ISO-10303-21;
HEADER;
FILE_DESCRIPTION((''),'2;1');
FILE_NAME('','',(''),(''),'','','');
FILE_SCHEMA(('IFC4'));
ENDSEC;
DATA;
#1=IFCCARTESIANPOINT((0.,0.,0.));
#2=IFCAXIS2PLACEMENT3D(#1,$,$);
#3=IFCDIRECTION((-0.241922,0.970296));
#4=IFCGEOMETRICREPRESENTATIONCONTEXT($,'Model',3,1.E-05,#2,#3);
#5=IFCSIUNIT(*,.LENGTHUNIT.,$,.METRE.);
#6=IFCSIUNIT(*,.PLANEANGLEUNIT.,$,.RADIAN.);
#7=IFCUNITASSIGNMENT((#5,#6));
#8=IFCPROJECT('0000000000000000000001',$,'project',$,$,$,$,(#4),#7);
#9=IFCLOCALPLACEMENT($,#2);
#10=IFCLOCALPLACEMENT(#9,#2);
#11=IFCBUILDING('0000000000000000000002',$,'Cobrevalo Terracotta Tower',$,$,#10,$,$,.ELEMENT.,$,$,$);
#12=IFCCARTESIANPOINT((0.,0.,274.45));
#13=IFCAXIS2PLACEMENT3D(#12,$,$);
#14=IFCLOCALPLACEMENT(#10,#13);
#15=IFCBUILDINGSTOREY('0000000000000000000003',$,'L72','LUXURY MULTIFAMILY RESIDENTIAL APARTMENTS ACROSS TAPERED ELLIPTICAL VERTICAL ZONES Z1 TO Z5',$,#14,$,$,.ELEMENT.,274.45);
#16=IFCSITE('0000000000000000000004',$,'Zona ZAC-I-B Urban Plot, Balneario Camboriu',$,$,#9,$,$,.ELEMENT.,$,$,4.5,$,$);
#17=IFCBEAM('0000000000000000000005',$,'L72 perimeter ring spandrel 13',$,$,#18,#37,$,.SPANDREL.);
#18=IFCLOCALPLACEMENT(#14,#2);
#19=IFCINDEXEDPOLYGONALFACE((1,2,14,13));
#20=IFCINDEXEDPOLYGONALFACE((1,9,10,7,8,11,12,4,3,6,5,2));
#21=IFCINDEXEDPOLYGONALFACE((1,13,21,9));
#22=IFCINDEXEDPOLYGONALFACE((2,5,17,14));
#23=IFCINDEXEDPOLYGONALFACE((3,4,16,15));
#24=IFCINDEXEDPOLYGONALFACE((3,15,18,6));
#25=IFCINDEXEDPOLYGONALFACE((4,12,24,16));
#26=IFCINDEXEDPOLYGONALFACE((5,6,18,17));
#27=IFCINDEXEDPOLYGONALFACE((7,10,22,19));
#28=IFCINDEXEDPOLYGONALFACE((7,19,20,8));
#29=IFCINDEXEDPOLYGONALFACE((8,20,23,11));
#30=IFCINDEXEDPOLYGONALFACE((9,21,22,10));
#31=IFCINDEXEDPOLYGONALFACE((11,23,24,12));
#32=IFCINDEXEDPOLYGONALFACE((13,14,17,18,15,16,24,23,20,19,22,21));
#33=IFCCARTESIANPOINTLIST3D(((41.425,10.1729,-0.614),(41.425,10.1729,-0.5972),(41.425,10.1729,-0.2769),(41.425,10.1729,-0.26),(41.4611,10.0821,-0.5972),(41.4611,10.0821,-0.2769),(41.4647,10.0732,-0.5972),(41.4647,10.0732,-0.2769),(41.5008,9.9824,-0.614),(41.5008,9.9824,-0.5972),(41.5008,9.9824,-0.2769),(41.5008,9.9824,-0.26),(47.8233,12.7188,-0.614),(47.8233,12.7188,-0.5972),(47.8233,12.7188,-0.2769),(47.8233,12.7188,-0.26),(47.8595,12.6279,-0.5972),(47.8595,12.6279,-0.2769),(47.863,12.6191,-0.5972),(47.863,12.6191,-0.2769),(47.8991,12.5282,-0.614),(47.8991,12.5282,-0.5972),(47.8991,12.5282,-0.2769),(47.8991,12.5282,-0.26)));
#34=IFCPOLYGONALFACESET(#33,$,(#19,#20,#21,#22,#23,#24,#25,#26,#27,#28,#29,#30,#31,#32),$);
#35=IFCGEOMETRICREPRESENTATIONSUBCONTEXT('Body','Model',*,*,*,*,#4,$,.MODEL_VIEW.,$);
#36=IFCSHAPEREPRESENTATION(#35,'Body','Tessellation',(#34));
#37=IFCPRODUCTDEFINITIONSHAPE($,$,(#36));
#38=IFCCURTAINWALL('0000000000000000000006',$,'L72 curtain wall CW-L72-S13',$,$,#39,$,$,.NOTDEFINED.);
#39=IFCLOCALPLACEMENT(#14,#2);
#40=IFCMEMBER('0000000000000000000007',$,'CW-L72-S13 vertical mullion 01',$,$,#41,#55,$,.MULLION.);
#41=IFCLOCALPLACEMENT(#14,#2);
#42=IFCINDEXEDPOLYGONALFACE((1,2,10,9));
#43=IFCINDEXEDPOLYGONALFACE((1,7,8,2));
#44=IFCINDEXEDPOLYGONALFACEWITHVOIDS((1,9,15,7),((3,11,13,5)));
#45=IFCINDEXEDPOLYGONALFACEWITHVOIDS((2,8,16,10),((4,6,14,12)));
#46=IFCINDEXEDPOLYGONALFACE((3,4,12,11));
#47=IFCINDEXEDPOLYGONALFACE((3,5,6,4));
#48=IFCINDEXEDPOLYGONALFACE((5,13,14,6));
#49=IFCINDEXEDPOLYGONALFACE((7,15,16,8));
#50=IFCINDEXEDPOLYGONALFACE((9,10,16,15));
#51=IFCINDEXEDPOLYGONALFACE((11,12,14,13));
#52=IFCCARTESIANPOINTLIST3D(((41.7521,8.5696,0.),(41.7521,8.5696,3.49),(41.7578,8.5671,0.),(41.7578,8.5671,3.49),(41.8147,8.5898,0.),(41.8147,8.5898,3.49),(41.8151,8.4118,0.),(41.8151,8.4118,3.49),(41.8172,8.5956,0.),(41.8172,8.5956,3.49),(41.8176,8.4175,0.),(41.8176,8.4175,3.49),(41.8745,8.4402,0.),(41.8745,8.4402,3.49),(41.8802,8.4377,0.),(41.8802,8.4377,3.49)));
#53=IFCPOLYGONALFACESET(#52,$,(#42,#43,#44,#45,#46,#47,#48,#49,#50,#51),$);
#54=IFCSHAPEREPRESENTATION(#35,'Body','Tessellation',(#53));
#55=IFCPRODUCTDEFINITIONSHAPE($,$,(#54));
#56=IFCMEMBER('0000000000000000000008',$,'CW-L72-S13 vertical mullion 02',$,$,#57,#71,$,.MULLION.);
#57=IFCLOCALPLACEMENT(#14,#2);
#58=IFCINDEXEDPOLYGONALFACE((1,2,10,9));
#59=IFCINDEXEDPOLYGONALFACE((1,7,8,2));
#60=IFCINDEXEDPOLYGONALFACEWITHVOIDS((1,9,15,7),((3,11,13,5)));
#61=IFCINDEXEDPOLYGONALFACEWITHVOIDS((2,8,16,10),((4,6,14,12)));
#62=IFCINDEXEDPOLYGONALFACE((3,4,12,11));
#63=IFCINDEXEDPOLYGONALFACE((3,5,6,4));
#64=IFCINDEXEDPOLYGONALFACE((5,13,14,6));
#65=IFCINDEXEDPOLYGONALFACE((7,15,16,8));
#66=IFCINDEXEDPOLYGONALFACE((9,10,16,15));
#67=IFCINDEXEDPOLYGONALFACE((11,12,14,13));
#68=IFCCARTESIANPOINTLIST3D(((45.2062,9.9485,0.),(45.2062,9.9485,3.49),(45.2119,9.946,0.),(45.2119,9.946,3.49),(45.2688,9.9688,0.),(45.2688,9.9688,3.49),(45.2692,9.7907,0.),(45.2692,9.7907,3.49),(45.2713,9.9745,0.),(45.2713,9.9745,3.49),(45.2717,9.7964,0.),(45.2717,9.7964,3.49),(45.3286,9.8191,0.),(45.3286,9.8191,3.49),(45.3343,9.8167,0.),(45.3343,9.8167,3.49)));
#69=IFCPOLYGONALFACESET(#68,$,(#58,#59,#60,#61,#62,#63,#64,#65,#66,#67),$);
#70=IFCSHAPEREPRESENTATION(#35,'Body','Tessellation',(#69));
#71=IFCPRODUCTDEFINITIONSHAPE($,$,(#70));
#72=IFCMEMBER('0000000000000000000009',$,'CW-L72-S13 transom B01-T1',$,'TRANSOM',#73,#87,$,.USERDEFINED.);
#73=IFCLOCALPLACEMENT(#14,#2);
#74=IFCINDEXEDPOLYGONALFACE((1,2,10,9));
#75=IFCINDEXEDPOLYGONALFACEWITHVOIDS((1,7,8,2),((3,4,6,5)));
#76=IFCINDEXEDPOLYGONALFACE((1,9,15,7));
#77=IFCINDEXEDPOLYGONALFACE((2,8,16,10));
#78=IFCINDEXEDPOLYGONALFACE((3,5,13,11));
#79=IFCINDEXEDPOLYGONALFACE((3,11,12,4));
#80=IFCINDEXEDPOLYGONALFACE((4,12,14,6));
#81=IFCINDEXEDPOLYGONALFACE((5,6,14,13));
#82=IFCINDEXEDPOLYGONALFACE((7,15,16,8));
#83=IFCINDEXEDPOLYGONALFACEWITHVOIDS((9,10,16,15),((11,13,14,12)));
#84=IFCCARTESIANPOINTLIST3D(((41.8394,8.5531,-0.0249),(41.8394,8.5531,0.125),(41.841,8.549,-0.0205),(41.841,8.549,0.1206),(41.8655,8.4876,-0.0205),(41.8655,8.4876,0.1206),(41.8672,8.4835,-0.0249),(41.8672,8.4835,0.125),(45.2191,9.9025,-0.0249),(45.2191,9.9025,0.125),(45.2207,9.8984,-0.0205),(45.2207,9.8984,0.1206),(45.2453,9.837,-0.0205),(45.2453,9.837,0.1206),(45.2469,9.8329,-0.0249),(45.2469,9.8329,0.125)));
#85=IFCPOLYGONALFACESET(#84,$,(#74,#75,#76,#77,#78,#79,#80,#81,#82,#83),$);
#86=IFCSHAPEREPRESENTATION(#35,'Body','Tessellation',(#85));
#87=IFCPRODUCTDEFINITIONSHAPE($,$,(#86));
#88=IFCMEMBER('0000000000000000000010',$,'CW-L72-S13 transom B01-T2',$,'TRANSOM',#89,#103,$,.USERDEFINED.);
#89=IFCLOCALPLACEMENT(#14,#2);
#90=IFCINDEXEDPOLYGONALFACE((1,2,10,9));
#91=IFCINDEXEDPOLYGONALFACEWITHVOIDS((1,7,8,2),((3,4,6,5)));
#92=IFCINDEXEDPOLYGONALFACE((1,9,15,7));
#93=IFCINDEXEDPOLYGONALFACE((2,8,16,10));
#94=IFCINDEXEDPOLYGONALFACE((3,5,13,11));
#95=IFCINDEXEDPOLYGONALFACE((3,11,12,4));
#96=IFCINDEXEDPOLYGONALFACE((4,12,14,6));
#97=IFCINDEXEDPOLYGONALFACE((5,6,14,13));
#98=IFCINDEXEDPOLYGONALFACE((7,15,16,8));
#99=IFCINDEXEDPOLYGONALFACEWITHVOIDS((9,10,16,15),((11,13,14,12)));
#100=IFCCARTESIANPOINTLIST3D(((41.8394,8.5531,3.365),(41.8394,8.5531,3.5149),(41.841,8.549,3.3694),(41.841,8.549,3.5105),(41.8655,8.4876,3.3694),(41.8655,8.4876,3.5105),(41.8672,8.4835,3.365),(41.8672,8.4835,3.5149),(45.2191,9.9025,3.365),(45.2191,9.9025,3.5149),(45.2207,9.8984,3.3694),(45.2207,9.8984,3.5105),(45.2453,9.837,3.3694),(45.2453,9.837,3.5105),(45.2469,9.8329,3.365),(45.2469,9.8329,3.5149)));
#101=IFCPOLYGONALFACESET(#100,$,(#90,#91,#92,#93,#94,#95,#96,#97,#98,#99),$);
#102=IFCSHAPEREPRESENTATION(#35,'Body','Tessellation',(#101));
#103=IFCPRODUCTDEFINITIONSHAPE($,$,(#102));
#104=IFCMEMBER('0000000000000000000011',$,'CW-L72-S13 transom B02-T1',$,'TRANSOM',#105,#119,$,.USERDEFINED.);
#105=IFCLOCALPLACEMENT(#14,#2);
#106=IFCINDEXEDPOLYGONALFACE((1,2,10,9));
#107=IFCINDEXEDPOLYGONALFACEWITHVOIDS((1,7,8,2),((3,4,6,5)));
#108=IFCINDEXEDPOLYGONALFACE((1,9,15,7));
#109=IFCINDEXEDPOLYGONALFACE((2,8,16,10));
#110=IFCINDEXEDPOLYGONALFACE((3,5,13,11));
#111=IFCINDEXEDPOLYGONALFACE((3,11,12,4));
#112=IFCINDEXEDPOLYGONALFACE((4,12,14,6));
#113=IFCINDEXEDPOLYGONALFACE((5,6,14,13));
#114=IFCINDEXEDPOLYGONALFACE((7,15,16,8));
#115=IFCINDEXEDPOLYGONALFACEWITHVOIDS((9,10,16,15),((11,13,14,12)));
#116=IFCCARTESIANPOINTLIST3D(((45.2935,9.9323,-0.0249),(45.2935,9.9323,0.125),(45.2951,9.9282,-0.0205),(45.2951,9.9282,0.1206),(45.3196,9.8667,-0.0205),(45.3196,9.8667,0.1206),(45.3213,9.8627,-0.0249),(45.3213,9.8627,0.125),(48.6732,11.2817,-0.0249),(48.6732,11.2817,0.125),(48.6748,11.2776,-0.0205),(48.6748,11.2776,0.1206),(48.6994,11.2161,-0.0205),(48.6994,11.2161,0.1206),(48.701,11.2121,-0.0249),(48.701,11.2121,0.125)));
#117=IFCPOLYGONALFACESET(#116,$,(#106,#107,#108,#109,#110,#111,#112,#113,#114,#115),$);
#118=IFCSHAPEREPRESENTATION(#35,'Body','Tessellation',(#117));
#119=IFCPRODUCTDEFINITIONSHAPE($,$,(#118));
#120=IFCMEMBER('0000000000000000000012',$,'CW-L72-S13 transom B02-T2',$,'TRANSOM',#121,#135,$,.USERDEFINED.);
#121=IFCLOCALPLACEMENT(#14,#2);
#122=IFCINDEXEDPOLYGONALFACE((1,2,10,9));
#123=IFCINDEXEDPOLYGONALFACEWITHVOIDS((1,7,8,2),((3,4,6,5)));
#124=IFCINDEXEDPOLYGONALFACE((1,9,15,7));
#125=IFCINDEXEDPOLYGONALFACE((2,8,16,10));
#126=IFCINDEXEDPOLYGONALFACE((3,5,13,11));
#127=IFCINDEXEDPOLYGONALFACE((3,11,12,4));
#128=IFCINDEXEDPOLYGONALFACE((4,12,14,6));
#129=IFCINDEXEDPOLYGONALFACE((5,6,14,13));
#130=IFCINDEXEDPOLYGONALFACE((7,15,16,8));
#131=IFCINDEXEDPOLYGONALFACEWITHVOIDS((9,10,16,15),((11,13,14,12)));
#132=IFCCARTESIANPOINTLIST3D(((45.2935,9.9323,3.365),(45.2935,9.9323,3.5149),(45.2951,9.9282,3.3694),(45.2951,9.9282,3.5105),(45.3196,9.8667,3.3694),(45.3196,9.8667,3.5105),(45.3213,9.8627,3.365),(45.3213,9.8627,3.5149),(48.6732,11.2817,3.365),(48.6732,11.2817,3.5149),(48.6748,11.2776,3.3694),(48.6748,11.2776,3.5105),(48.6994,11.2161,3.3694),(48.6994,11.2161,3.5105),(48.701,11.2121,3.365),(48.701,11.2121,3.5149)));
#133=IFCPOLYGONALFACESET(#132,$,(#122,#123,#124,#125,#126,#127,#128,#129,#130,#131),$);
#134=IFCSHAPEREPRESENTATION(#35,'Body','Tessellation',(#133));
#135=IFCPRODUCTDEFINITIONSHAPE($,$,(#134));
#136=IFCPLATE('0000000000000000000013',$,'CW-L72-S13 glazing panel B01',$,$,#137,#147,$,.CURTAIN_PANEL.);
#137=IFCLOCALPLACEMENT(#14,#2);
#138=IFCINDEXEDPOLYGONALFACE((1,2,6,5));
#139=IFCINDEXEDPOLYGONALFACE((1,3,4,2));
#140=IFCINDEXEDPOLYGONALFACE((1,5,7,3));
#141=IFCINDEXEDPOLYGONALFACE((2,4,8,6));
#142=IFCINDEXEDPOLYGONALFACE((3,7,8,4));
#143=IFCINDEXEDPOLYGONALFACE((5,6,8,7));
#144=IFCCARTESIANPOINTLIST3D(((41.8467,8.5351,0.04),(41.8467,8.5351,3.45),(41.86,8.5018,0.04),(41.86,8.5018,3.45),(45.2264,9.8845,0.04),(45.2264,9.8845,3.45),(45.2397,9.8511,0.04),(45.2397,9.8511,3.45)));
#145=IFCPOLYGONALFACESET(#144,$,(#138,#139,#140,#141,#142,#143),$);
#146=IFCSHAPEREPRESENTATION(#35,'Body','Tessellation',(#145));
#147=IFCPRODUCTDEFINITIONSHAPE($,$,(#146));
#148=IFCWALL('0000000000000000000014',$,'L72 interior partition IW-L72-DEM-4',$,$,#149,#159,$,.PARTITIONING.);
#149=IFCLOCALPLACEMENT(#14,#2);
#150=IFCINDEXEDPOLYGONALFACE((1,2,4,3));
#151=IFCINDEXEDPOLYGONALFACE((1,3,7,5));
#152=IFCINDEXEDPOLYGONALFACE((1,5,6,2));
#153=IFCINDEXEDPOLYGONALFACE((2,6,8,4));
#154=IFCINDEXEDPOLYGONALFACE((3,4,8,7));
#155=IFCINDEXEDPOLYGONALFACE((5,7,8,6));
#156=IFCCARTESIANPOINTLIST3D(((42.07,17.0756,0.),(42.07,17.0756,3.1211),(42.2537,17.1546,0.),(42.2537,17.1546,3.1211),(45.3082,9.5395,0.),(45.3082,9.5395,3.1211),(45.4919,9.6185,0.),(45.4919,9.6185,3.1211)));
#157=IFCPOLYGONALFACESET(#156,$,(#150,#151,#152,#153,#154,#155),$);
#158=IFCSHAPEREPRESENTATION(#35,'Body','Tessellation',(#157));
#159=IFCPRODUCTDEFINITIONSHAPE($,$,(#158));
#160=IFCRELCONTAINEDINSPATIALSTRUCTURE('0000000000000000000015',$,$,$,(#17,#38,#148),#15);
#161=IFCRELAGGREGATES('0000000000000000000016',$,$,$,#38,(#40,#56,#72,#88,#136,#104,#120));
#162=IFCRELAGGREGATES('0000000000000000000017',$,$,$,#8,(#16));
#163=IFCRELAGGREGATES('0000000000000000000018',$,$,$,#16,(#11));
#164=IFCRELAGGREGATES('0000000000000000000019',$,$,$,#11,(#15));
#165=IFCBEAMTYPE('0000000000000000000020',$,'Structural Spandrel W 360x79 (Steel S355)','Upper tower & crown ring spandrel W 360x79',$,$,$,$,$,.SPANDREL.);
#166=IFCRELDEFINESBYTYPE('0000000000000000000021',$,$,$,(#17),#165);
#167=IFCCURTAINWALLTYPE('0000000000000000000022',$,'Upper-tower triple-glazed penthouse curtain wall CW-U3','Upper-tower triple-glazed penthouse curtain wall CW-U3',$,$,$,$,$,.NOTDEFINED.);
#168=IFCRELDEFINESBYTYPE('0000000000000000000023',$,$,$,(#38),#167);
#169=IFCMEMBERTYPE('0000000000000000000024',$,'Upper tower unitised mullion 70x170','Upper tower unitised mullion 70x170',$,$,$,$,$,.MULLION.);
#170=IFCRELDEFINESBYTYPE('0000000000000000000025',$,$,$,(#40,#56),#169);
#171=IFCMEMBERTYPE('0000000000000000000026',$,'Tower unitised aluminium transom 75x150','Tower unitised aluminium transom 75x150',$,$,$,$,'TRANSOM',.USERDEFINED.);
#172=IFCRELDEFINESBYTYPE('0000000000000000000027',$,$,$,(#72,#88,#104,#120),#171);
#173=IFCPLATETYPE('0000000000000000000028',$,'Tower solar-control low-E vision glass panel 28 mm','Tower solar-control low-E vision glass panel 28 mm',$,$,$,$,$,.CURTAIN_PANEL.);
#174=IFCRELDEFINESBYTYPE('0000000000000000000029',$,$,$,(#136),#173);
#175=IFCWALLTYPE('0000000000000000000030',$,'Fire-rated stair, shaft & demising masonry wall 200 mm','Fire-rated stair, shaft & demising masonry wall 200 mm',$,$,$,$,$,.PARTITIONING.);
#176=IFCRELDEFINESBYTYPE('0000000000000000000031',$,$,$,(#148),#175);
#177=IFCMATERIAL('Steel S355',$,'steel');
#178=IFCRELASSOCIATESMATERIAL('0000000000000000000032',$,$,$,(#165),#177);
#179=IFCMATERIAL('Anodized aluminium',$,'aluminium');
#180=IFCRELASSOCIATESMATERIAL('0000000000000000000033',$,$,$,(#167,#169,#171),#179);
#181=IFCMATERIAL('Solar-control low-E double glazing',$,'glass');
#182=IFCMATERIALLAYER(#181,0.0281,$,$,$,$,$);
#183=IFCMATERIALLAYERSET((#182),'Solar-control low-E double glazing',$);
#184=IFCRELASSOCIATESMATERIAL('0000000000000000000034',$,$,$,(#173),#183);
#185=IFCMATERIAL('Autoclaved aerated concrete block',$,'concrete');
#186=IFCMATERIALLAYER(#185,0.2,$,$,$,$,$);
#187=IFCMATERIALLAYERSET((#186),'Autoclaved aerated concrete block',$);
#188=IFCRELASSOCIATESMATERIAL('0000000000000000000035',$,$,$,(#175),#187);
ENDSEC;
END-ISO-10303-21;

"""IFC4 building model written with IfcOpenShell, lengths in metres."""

from ifc_helpers import new_model, si_unit, direction, frame, frame_2d, origin, origin_2d, place, context, subcontext, project, spatial, rectangle, hollow_rectangle, i_section, extrude, source, transform, mapped, material, layer, layer_set, material_profile, profile_set, type_object, element, aggregate, save


model = new_model("IFC4")

# Units and contexts
model_context = context("Model", 3, precision=1e-05, world=origin(), true_north=direction((-0.241922, 0.970296)))
body_context = subcontext(model_context, "Body", "Model", "MODEL_VIEW")
ifc_project = project(units=[si_unit("LENGTHUNIT", "METRE"), si_unit("PLANEANGLEUNIT", "RADIAN")], contexts=[model_context])

# Site, building, storey
site_placement = place(None, origin())
site = spatial("IfcSite", under=ifc_project, at=site_placement, Name="Zona ZAC-I-B Urban Plot, Balneario Camboriu", CompositionType="ELEMENT", RefElevation=4.5)
building_placement = place(site_placement, origin())
building = spatial("IfcBuilding", under=site, at=building_placement, Name="Cobrevalo Terracotta Tower", CompositionType="ELEMENT")
storey_placement = place(building_placement, frame((0.0, 0.0, 274.45)))
storey = spatial("IfcBuildingStorey", under=building, at=storey_placement, Name="L72", Description="LUXURY MULTIFAMILY RESIDENTIAL APARTMENTS ACROSS TAPERED ELLIPTICAL VERTICAL ZONES Z1 TO Z5", CompositionType="ELEMENT", Elevation=274.45)

# Shared definitions
ifc_material_1 = material(Name="Steel S355", Category="steel")

# Beam
ifc_material_profile_1 = material_profile(ifc_material_1, i_section(OverallWidth=0.2051, OverallDepth=0.354, WebThickness=0.0095, FlangeThickness=0.0168, at=origin_2d()), Name="W 360x79")
ifc_profile_set_1 = profile_set([ifc_material_profile_1], Name="Steel S355")
beam_type_1 = type_object("IfcBeamType", Name="Structural Spandrel W 360x79 (Steel S355)", Description="Upper tower & crown ring spandrel W 360x79", PredefinedType="SPANDREL", material=ifc_profile_set_1)
beam_1_placement = place(storey_placement, frame((41.4629, 10.0776, -0.437), z_axis=(0.92915, 0.369703, 0.0), x_axis=(-0.369703, 0.92915, 0.0)))
element("IfcBeam", 1, at=beam_1_placement, inside=storey, type_object=beam_type_1, Name="L72 perimeter ring spandrel 13", PredefinedType="SPANDREL", context=body_context, shape_type="SweptSolid", body=[
    extrude(i_section(OverallWidth=0.2051, OverallDepth=0.354, WebThickness=0.0095, FlangeThickness=0.0168, at=origin_2d()), origin(), (0.0, 0.0, 1.0), 6.8862),
])

# Curtain wall, members, plate
ifc_material_2 = material(Name="Anodized aluminium", Category="aluminium")
curtain_wall_type = type_object("IfcCurtainWallType", Name="Upper-tower triple-glazed penthouse curtain wall CW-U3", Description="Upper-tower triple-glazed penthouse curtain wall CW-U3", PredefinedType="NOTDEFINED", material=ifc_material_2)
curtain_wall_placement = place(storey_placement, origin())
curtain_wall = element("IfcCurtainWall", 2, at=curtain_wall_placement, inside=storey, type_object=curtain_wall_type, Name="L72 curtain wall CW-L72-S13", PredefinedType="NOTDEFINED")
ifc_material_profile_2 = material_profile(ifc_material_2, hollow_rectangle(XDim=0.0701, YDim=0.1699, WallThickness=0.0044, at=origin_2d()), Name="CWM 70x170")
ifc_profile_set_2 = profile_set([ifc_material_profile_2], Name="Anodized aluminium")
member_type_1 = type_object("IfcMemberType", Name="Upper tower unitised mullion 70x170", Description="Upper tower unitised mullion 70x170", PredefinedType="MULLION", material=ifc_profile_set_2)
shared_shape_1 = source(origin(), body_context, "Body", "SweptSolid", [
    extrude(hollow_rectangle(XDim=0.0701, YDim=0.1699, WallThickness=0.0044, at=origin_2d()), origin(), (0.0, 0.0, 1.0), 3.49),
])
member_1_placement = place(storey_placement, frame((41.8162, 8.5037, 0.0), z_axis=(0.0, 0.0, 1.0), x_axis=(0.928719, 0.370784, 0.0)))
member_1 = element("IfcMember", 3, at=member_1_placement, type_object=member_type_1, Name="CW-L72-S13 vertical mullion 01", PredefinedType="MULLION", context=body_context, shape_type="MappedRepresentation", body=[
    mapped(shared_shape_1, transform((0.0, 0.0, 0.0), scale=1.0)),
])
member_2_placement = place(storey_placement, frame((45.2703, 9.8826, 0.0), z_axis=(0.0, 0.0, 1.0), x_axis=(0.928719, 0.370784, 0.0)))
member_2 = element("IfcMember", 4, at=member_2_placement, type_object=member_type_1, Name="CW-L72-S13 vertical mullion 02", PredefinedType="MULLION", context=body_context, shape_type="MappedRepresentation", body=[
    mapped(shared_shape_1, transform((0.0, 0.0, 0.0), scale=1.0)),
])
ifc_material_profile_3 = material_profile(ifc_material_2, hollow_rectangle(XDim=0.075, YDim=0.1499, WallThickness=0.0044, at=origin_2d()), Name="CWT 75x150")
ifc_profile_set_3 = profile_set([ifc_material_profile_3], Name="Anodized aluminium")
member_type_2 = type_object("IfcMemberType", Name="Tower unitised aluminium transom 75x150", Description="Tower unitised aluminium transom 75x150", ElementType="TRANSOM", PredefinedType="USERDEFINED", material=ifc_profile_set_3)
shared_shape_2 = source(origin(), body_context, "Body", "SweptSolid", [
    extrude(hollow_rectangle(XDim=0.075, YDim=0.1499, WallThickness=0.0044, at=origin_2d()), origin(), (0.0, 0.0, 1.0), 3.6392),
])
member_3_placement = place(storey_placement, frame((41.8533, 8.5183, 0.05), z_axis=(0.928712, 0.370801, 0.0), x_axis=(-0.370801, 0.928712, 0.0)))
member_3 = element("IfcMember", 5, at=member_3_placement, type_object=member_type_2, Name="CW-L72-S13 transom B01-T1", ObjectType="TRANSOM", PredefinedType="USERDEFINED", context=body_context, shape_type="MappedRepresentation", body=[
    mapped(shared_shape_2, transform((0.0, 0.0, 0.0), scale=1.0)),
])
member_4_placement = place(storey_placement, frame((41.8533, 8.5183, 3.4399), z_axis=(0.928712, 0.370801, 0.0), x_axis=(-0.370801, 0.928712, 0.0)))
member_4 = element("IfcMember", 6, at=member_4_placement, type_object=member_type_2, Name="CW-L72-S13 transom B01-T2", ObjectType="TRANSOM", PredefinedType="USERDEFINED", context=body_context, shape_type="MappedRepresentation", body=[
    mapped(shared_shape_2, transform((0.0, 0.0, 0.0), scale=1.0)),
])
member_5_placement = place(storey_placement, frame((45.3074, 9.8975, 0.05), z_axis=(0.928712, 0.370801, 0.0), x_axis=(-0.370801, 0.928712, 0.0)))
member_5 = element("IfcMember", 7, at=member_5_placement, type_object=member_type_2, Name="CW-L72-S13 transom B02-T1", ObjectType="TRANSOM", PredefinedType="USERDEFINED", context=body_context, shape_type="MappedRepresentation", body=[
    mapped(shared_shape_2, transform((0.0, 0.0, 0.0), scale=1.0)),
])
member_6_placement = place(storey_placement, frame((45.3074, 9.8975, 3.4399), z_axis=(0.928712, 0.370801, 0.0), x_axis=(-0.370801, 0.928712, 0.0)))
member_6 = element("IfcMember", 8, at=member_6_placement, type_object=member_type_2, Name="CW-L72-S13 transom B02-T2", ObjectType="TRANSOM", PredefinedType="USERDEFINED", context=body_context, shape_type="MappedRepresentation", body=[
    mapped(shared_shape_2, transform((0.0, 0.0, 0.0), scale=1.0)),
])
ifc_material_3 = material(Name="Solar-control low-E double glazing", Category="glass")
ifc_layer_1 = layer(ifc_material_3, 0.0281)
ifc_layer_set_1 = layer_set([ifc_layer_1], Name="Solar-control low-E double glazing")
plate_type = type_object("IfcPlateType", Name="Tower solar-control low-E vision glass panel 28 mm", Description="Tower solar-control low-E vision glass panel 28 mm", PredefinedType="CURTAIN_PANEL", material=ifc_layer_set_1)
shared_shape_3 = source(origin(), body_context, "Body", "SweptSolid", [
    extrude(rectangle(XDim=3.6392, YDim=0.0359, at=origin_2d()), origin(), (0.0, 0.0, 1.0), 3.4099),
])
plate_placement = place(storey_placement, frame((43.5432, 9.1931, 0.04), z_axis=(0.0, 0.0, 1.0), x_axis=(0.928718, 0.370786, 0.0)))
plate = element("IfcPlate", 9, at=plate_placement, type_object=plate_type, Name="CW-L72-S13 glazing panel B01", PredefinedType="CURTAIN_PANEL", context=body_context, shape_type="MappedRepresentation", body=[
    mapped(shared_shape_3, transform((0.0, 0.0, 0.0), scale=1.0)),
])
aggregate(curtain_wall, [member_1, member_2, member_3, member_4, plate, member_5, member_6])

# Wall
ifc_material_4 = material(Name="Autoclaved aerated concrete block", Category="concrete")
ifc_layer_2 = layer(ifc_material_4, 0.2)
ifc_layer_set_2 = layer_set([ifc_layer_2], Name="Autoclaved aerated concrete block")
wall_type_1 = type_object("IfcWallType", Name="Fire-rated stair, shaft & demising masonry wall 200 mm", Description="Fire-rated stair, shaft & demising masonry wall 200 mm", PredefinedType="PARTITIONING", material=ifc_layer_set_2)
wall_1_placement = place(storey_placement, frame((42.1619, 17.115, 0.0), z_axis=(0.0, 0.0, 1.0), x_axis=(0.394796, -0.918769, 0.0)))
element("IfcWall", 10, at=wall_1_placement, inside=storey, type_object=wall_type_1, Name="L72 interior partition IW-L72-DEM-4", PredefinedType="PARTITIONING", context=body_context, shape_type="SweptSolid", body=[
    extrude(rectangle(XDim=8.2024, YDim=0.2, at=frame_2d((4.1011, 0.0))), origin(), (0.0, 0.0, 1.0), 3.1211),
])

save(model, "model.ifc")
